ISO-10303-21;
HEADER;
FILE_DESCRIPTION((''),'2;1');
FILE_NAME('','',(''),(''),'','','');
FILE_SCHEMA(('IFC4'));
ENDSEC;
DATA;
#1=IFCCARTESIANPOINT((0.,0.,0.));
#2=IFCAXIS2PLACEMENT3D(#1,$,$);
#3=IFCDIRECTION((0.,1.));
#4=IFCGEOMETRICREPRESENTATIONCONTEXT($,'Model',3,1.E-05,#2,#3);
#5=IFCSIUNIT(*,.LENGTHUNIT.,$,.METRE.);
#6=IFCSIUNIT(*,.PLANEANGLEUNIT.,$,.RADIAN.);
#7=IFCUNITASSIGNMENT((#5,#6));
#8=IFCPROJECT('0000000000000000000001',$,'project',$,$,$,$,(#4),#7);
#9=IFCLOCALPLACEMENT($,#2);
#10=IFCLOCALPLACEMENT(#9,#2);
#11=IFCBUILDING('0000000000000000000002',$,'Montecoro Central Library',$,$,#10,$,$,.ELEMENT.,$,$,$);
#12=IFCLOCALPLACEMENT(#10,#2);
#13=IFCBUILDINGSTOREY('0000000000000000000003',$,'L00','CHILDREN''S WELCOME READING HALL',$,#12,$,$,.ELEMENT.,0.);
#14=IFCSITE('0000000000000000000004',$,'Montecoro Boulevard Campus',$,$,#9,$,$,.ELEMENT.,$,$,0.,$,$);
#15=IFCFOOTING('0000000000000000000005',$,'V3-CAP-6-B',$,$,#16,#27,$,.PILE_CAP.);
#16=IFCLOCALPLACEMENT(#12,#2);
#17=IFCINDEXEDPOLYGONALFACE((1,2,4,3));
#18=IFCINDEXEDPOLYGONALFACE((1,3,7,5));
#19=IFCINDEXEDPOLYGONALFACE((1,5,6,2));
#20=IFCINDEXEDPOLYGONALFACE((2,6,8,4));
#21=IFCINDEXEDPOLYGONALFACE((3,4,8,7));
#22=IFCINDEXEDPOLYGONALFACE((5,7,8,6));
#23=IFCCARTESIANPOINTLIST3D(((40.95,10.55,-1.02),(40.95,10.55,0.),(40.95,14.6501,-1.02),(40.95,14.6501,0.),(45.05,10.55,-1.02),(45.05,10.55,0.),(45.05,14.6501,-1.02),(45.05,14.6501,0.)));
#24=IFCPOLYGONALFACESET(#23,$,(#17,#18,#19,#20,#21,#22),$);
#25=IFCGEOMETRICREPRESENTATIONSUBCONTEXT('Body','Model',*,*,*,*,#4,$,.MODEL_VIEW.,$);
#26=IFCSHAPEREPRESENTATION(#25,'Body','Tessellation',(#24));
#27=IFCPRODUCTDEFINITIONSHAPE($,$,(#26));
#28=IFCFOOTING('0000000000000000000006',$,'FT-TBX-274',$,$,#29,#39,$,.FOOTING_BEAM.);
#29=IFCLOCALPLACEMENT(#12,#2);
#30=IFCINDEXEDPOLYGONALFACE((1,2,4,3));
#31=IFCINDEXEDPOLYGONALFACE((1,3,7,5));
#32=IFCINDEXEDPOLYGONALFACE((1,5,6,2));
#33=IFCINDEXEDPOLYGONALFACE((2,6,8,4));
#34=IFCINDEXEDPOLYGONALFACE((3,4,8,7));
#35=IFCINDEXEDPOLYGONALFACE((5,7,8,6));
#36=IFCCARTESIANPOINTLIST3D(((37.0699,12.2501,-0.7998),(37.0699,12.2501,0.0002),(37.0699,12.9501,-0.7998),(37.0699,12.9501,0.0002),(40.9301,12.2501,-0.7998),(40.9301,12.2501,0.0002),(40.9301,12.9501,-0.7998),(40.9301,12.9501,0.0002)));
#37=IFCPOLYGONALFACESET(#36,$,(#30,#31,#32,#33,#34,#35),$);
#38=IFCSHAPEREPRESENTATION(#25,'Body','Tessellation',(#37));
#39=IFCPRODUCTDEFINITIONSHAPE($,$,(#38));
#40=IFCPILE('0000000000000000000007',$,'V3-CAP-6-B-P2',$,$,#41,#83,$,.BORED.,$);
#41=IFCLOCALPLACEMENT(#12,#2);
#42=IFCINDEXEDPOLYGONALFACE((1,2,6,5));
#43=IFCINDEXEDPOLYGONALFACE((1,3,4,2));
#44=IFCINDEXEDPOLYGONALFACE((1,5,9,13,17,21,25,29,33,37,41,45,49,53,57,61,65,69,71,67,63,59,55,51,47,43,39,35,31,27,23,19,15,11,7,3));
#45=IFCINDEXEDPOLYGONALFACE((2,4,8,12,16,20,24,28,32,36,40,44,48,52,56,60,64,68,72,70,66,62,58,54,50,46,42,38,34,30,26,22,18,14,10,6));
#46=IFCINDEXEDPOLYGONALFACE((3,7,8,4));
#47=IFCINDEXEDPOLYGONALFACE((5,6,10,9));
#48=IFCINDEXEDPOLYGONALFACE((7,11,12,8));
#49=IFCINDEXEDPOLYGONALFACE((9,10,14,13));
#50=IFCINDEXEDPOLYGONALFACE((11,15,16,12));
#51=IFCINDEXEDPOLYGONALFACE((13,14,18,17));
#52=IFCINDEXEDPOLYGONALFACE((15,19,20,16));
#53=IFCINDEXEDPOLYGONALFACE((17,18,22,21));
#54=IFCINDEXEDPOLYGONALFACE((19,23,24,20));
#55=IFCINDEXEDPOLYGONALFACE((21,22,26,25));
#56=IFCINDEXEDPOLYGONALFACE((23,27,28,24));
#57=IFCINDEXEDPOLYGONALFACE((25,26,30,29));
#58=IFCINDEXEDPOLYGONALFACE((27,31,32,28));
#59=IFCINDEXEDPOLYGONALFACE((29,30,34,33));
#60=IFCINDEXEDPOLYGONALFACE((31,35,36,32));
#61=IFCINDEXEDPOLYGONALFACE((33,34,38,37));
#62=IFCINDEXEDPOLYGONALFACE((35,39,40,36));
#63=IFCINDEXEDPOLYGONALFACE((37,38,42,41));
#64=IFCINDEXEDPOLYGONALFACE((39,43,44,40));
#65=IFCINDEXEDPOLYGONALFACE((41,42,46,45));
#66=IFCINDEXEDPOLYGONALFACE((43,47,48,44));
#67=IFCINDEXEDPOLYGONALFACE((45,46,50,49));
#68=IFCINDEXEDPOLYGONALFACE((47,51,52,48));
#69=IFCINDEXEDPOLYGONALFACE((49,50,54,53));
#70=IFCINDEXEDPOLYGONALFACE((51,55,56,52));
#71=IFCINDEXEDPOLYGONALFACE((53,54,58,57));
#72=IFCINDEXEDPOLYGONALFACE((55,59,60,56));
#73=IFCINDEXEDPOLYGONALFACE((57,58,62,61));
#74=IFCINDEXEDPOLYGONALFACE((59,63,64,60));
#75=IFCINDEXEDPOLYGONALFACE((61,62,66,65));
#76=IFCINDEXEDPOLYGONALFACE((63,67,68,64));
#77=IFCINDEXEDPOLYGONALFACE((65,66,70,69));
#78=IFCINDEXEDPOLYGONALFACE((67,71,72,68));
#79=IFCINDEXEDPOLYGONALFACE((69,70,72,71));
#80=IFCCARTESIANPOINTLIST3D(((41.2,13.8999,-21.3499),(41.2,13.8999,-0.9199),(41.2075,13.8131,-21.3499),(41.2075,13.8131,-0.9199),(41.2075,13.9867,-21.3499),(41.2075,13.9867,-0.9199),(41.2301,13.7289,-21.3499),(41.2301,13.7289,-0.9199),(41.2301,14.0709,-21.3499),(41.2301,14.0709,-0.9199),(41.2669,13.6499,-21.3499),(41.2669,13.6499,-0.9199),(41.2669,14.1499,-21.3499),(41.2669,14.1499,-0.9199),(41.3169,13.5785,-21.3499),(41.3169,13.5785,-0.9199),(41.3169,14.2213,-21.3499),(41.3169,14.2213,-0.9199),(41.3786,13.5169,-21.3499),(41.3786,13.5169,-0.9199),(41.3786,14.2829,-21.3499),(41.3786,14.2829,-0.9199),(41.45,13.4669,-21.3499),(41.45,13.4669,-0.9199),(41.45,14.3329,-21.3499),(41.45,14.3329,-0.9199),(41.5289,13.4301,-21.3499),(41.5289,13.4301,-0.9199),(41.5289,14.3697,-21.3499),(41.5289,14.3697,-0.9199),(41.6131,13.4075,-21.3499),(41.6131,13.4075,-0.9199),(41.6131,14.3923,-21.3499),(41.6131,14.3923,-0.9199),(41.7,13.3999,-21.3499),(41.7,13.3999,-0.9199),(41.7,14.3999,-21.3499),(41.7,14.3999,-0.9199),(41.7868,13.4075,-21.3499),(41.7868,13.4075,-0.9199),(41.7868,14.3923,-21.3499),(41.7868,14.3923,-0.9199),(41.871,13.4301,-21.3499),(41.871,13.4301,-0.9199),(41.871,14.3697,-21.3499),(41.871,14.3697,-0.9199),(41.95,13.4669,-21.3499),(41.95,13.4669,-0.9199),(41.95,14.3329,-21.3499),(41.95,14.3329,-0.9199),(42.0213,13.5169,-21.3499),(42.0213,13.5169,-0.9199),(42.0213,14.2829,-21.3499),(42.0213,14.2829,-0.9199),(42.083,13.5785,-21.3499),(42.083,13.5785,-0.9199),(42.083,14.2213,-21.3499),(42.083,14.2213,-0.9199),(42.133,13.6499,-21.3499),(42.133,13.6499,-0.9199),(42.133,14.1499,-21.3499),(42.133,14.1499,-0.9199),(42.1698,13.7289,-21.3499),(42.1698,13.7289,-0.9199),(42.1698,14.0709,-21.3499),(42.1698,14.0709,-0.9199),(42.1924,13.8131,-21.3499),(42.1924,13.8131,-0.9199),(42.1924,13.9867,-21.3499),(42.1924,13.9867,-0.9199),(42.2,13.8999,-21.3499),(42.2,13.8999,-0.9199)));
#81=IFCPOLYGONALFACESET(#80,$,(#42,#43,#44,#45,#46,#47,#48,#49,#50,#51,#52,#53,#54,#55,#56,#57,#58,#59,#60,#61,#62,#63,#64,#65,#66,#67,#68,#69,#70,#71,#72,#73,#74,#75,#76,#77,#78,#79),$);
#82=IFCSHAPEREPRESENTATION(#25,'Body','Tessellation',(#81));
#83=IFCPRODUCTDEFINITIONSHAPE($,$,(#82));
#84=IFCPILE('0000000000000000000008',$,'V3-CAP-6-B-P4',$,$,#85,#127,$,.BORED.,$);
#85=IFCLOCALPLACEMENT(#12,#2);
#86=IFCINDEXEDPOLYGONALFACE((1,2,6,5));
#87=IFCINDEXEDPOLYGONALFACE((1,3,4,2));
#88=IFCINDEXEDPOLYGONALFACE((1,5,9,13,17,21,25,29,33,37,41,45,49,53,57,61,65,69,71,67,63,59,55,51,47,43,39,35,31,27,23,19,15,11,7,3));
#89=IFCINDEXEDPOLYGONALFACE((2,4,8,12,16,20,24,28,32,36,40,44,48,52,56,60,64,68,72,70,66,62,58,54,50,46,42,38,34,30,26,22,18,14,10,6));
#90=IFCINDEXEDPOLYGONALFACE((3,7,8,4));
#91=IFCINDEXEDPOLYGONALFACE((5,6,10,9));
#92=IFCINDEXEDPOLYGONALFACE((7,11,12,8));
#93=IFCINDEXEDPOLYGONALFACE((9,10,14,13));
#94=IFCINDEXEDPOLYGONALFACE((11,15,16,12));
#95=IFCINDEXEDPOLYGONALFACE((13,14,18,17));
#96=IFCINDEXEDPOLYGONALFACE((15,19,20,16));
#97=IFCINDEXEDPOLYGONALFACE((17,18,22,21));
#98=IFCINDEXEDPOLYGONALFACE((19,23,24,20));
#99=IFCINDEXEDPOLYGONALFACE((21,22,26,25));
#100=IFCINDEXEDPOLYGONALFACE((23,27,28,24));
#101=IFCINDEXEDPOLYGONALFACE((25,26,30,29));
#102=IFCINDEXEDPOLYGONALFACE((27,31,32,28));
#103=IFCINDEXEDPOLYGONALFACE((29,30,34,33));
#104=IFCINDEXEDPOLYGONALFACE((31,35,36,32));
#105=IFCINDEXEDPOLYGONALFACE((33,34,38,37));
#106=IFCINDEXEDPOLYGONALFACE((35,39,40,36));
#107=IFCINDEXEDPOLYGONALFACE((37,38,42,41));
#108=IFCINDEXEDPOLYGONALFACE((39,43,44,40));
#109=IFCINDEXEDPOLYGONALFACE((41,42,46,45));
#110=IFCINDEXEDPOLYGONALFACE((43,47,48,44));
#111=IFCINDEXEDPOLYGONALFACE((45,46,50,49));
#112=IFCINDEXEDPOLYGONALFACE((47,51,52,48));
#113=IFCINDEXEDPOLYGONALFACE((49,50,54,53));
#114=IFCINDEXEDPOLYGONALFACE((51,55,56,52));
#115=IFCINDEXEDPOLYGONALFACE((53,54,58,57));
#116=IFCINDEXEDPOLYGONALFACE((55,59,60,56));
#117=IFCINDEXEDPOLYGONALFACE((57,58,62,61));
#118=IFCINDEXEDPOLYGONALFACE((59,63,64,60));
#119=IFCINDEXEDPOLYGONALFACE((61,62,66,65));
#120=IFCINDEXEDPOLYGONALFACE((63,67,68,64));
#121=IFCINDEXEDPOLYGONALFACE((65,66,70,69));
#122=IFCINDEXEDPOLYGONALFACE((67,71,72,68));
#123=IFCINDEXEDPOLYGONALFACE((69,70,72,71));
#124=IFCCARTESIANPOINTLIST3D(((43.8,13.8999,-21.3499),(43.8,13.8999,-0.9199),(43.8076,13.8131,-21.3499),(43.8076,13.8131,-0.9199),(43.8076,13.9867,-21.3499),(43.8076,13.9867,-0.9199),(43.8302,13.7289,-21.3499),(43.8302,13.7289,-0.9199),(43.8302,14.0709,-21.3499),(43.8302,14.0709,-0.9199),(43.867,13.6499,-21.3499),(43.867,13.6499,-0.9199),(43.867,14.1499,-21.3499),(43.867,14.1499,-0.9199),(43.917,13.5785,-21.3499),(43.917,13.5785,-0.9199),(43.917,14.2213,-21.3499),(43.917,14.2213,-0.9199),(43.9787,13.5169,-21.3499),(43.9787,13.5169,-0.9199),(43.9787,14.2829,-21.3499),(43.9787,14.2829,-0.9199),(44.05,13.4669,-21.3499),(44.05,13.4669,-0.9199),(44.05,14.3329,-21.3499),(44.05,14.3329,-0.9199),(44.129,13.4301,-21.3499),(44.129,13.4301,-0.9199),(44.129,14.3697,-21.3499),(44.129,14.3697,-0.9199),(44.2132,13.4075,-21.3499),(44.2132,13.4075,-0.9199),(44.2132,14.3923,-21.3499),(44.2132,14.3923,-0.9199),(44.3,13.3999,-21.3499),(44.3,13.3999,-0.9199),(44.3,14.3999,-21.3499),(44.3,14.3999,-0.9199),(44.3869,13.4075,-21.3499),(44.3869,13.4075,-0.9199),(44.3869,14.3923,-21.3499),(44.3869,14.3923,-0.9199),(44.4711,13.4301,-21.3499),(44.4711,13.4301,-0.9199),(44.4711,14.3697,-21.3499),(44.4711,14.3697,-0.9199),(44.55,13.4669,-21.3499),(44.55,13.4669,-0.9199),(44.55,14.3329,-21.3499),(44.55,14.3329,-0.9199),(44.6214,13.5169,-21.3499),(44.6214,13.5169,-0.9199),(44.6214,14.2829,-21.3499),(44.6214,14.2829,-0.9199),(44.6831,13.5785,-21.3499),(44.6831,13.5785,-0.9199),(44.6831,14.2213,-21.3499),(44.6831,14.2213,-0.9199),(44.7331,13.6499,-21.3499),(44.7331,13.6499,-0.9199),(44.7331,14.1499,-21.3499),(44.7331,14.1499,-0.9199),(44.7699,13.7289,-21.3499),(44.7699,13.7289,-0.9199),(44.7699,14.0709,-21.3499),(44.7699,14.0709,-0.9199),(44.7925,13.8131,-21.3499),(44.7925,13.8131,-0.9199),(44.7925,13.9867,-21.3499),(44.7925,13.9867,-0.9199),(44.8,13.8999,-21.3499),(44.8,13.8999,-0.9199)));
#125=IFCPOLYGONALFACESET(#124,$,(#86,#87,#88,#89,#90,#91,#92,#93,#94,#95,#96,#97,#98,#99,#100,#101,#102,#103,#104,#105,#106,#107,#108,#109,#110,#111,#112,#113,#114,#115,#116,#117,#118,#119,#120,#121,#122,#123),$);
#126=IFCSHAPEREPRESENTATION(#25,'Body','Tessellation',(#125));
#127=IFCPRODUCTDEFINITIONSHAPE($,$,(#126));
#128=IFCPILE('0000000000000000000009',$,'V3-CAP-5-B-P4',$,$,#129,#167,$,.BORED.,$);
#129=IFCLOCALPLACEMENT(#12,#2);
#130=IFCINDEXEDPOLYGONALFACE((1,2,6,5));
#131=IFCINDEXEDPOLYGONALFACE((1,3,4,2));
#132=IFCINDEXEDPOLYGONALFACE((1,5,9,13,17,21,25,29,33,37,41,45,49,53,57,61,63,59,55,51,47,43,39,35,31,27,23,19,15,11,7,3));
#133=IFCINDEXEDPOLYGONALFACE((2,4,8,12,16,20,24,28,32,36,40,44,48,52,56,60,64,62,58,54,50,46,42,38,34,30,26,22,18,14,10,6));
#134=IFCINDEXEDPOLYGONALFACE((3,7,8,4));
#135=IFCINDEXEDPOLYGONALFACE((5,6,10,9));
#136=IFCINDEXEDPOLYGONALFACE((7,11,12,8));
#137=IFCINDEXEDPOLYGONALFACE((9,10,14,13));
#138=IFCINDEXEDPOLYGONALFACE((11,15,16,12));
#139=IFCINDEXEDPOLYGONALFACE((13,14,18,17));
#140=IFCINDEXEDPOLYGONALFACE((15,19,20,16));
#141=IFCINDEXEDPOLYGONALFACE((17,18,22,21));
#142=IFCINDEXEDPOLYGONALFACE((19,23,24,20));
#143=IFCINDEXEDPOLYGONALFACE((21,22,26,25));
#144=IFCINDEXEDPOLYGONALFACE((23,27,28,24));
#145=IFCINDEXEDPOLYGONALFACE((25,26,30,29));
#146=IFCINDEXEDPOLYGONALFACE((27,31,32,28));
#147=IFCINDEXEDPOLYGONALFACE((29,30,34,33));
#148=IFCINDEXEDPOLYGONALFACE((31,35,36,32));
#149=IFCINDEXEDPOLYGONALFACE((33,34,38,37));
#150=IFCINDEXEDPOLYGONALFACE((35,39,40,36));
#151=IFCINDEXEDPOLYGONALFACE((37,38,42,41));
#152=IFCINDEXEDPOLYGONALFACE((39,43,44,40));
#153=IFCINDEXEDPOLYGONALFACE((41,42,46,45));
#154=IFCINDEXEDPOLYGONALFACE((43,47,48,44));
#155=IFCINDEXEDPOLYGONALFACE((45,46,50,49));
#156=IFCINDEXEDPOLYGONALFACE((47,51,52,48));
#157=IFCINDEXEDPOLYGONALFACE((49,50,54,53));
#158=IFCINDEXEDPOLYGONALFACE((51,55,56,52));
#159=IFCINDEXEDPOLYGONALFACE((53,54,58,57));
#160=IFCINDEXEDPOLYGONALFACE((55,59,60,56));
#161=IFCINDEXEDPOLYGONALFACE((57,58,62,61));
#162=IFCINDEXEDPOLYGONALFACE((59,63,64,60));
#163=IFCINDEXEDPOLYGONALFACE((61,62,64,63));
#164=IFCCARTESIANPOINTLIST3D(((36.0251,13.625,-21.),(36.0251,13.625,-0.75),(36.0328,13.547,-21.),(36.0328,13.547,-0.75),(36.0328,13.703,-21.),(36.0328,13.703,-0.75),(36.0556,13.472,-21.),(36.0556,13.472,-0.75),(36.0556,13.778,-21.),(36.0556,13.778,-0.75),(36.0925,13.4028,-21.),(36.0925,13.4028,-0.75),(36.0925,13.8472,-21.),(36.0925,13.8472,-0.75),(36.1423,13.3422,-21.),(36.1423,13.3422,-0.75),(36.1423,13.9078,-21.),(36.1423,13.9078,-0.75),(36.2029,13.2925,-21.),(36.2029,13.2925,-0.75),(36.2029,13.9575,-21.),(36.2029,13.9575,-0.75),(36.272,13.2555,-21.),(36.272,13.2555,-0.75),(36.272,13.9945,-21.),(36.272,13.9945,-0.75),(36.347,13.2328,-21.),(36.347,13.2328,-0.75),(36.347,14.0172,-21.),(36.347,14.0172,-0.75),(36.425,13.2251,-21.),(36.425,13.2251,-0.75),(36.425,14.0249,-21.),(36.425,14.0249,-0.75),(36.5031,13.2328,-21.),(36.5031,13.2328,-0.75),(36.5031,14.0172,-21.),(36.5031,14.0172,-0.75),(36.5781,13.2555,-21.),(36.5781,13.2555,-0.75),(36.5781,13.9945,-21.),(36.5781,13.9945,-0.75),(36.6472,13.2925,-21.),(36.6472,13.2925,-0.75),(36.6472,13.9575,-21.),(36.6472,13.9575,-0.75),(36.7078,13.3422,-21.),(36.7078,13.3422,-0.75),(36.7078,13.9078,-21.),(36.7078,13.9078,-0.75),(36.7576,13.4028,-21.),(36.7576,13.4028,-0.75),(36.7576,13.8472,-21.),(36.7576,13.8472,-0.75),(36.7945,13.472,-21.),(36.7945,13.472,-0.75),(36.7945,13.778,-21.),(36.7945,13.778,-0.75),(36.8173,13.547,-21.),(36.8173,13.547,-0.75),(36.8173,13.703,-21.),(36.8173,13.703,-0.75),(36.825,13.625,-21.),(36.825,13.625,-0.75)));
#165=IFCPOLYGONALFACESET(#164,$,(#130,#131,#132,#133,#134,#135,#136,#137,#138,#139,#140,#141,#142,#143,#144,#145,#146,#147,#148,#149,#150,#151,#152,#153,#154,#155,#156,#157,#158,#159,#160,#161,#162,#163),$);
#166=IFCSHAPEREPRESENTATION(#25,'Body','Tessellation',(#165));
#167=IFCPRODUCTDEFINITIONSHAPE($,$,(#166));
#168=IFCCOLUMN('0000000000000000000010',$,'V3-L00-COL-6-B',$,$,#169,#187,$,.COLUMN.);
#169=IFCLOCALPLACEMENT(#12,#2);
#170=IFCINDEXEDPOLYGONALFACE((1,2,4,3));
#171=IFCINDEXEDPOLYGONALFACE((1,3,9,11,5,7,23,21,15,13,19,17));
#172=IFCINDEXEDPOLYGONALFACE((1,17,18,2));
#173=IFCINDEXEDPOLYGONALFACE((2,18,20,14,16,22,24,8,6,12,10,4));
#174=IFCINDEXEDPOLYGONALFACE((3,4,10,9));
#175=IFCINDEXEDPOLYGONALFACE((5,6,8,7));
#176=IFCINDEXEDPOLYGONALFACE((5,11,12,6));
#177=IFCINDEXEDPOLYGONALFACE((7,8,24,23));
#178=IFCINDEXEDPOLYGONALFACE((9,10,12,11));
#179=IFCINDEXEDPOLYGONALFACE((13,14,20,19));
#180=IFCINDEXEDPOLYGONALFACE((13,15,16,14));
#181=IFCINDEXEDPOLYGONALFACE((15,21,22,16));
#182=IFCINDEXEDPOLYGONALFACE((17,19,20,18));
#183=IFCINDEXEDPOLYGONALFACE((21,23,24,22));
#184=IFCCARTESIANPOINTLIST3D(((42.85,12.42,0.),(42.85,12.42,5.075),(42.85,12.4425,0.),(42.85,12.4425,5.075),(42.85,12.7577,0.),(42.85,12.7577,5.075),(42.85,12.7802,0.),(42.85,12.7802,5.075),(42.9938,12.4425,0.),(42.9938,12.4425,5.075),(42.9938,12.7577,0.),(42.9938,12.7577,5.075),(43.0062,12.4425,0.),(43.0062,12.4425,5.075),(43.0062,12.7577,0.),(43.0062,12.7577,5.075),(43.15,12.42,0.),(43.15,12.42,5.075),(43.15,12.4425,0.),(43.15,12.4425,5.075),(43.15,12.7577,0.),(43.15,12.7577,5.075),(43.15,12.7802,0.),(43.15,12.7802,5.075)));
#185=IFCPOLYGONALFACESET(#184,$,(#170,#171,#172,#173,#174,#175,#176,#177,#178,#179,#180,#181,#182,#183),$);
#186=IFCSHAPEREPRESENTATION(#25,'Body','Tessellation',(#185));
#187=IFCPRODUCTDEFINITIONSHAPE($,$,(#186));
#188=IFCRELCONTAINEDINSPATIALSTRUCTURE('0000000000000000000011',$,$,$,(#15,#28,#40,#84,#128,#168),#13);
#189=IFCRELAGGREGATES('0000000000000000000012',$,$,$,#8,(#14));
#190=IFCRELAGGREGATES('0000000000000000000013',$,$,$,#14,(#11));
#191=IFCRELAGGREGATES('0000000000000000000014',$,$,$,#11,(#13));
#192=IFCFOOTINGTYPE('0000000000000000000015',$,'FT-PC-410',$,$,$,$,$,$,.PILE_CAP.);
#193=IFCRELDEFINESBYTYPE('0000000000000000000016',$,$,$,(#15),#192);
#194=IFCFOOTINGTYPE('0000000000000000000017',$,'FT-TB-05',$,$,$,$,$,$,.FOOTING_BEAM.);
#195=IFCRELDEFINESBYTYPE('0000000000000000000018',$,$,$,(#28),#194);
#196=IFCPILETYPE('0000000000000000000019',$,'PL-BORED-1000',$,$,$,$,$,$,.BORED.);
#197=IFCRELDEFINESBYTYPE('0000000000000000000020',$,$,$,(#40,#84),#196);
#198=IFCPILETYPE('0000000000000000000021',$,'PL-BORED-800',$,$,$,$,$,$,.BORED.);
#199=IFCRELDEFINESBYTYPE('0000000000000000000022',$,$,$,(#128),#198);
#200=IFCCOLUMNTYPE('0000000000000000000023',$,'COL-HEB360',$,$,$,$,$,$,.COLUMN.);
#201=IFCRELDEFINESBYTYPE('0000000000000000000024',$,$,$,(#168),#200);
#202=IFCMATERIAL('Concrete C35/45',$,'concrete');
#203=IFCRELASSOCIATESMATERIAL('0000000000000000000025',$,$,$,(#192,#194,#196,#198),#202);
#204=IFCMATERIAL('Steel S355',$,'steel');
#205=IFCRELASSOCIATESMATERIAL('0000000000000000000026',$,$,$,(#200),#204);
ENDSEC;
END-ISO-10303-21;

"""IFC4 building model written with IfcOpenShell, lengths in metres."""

from ifc_helpers import new_model, si_unit, direction, frame, origin, origin_2d, place, context, subcontext, project, spatial, rectangle, circle, i_section, extrude, material, material_profile, profile_set, type_object, element, save


model = new_model("IFC4")

# Units and contexts
model_context = context("Model", 3, precision=1e-05, world=origin(), true_north=direction((0.0, 1.0)))
body_context = subcontext(model_context, "Body", "Model", "MODEL_VIEW")
ifc_project = project(units=[si_unit("LENGTHUNIT", "METRE"), si_unit("PLANEANGLEUNIT", "RADIAN")], contexts=[model_context])

# Site, building, storey
site_placement = place(None, origin())
site = spatial("IfcSite", under=ifc_project, at=site_placement, Name="Montecoro Boulevard Campus", CompositionType="ELEMENT", RefElevation=0.0)
building_placement = place(site_placement, origin())
building = spatial("IfcBuilding", under=site, at=building_placement, Name="Montecoro Central Library", CompositionType="ELEMENT")
storey_placement = place(building_placement, origin())
storey = spatial("IfcBuildingStorey", under=building, at=storey_placement, Name="L00", Description="CHILDREN'S WELCOME READING HALL", CompositionType="ELEMENT", Elevation=0.0)

# Footings
ifc_material_1 = material(Name="Concrete C35/45", Category="concrete")
footing_type_1 = type_object("IfcFootingType", Name="FT-PC-410", PredefinedType="PILE_CAP", material=ifc_material_1)
footing_1_placement = place(storey_placement, frame((43.0, 12.6001, -1.02), z_axis=(0.0, 0.0, 1.0), x_axis=(1.0, 0.0, 0.0)))
element("IfcFooting", 1, at=footing_1_placement, inside=storey, type_object=footing_type_1, Name="V3-CAP-6-B", PredefinedType="PILE_CAP", context=body_context, shape_type="SweptSolid", body=[
    extrude(rectangle(XDim=4.1001, YDim=4.1001, at=origin_2d()), origin(), (0.0, 0.0, 1.0), 1.02),
])
footing_type_2 = type_object("IfcFootingType", Name="FT-TB-05", PredefinedType="FOOTING_BEAM", material=ifc_material_1)
footing_2_placement = place(storey_placement, frame((39.0, 12.6001, -0.7998), z_axis=(0.0, 0.0, 1.0), x_axis=(1.0, 0.0, 0.0)))
element("IfcFooting", 2, at=footing_2_placement, inside=storey, type_object=footing_type_2, Name="FT-TBX-274", PredefinedType="FOOTING_BEAM", context=body_context, shape_type="SweptSolid", body=[
    extrude(rectangle(XDim=3.8601, YDim=0.7, at=origin_2d()), origin(), (0.0, 0.0, 1.0), 0.8),
])

# Piles
ifc_material_profile_1 = material_profile(ifc_material_1, circle(Radius=0.5, at=origin_2d()), Name="PILE D1000")
ifc_profile_set_1 = profile_set([ifc_material_profile_1], Name="Concrete C35/45")
pile_type_1 = type_object("IfcPileType", Name="PL-BORED-1000", PredefinedType="BORED", material=ifc_profile_set_1)
for number, where, z_axis, x_axis, name in (
    (3, (41.7, 13.8999, -0.9199), (0.0, 0.0, -1.0), (1.0, 0.0, 0.0), "V3-CAP-6-B-P2"),
    (4, (44.3, 13.8999, -0.9199), (0.0, 0.0, -1.0), (1.0, 0.0, 0.0), "V3-CAP-6-B-P4"),
):
    element("IfcPile", number, at=place(storey_placement, frame(where, z_axis=z_axis, x_axis=x_axis)), inside=storey, type_object=pile_type_1, Name=name, PredefinedType="BORED", context=body_context, shape_type="SweptSolid", body=[
        extrude(circle(Radius=0.5, at=origin_2d()), origin(), (0.0, 0.0, 1.0), 20.4299),
    ])
ifc_material_profile_2 = material_profile(ifc_material_1, circle(Radius=0.3999, at=origin_2d()), Name="PILE D800")
ifc_profile_set_2 = profile_set([ifc_material_profile_2], Name="Concrete C35/45")
pile_type_2 = type_object("IfcPileType", Name="PL-BORED-800", PredefinedType="BORED", material=ifc_profile_set_2)
pile_placement = place(storey_placement, frame((36.425, 13.625, -0.75), z_axis=(0.0, 0.0, -1.0), x_axis=(1.0, 0.0, 0.0)))
element("IfcPile", 5, at=pile_placement, inside=storey, type_object=pile_type_2, Name="V3-CAP-5-B-P4", PredefinedType="BORED", context=body_context, shape_type="SweptSolid", body=[
    extrude(circle(Radius=0.3999, at=origin_2d()), origin(), (0.0, 0.0, 1.0), 20.25),
])

# Column
ifc_material_2 = material(Name="Steel S355", Category="steel")
ifc_material_profile_3 = material_profile(ifc_material_2, i_section(OverallWidth=0.3, OverallDepth=0.3601, WebThickness=0.0125, FlangeThickness=0.0225, at=origin_2d()), Name="HEB 360")
ifc_profile_set_3 = profile_set([ifc_material_profile_3], Name="Steel S355")
column_type = type_object("IfcColumnType", Name="COL-HEB360", PredefinedType="COLUMN", material=ifc_profile_set_3)
column_placement = place(storey_placement, frame((43.0, 12.6001, 0.0), z_axis=(0.0, 0.0, 1.0), x_axis=(1.0, 0.0, 0.0)))
element("IfcColumn", 6, at=column_placement, inside=storey, type_object=column_type, Name="V3-L00-COL-6-B", PredefinedType="COLUMN", context=body_context, shape_type="SweptSolid", body=[
    extrude(i_section(OverallWidth=0.3, OverallDepth=0.3601, WebThickness=0.0125, FlangeThickness=0.0225, at=origin_2d()), origin(), (0.0, 0.0, 1.0), 5.075),
])

save(model, "model.ifc")
